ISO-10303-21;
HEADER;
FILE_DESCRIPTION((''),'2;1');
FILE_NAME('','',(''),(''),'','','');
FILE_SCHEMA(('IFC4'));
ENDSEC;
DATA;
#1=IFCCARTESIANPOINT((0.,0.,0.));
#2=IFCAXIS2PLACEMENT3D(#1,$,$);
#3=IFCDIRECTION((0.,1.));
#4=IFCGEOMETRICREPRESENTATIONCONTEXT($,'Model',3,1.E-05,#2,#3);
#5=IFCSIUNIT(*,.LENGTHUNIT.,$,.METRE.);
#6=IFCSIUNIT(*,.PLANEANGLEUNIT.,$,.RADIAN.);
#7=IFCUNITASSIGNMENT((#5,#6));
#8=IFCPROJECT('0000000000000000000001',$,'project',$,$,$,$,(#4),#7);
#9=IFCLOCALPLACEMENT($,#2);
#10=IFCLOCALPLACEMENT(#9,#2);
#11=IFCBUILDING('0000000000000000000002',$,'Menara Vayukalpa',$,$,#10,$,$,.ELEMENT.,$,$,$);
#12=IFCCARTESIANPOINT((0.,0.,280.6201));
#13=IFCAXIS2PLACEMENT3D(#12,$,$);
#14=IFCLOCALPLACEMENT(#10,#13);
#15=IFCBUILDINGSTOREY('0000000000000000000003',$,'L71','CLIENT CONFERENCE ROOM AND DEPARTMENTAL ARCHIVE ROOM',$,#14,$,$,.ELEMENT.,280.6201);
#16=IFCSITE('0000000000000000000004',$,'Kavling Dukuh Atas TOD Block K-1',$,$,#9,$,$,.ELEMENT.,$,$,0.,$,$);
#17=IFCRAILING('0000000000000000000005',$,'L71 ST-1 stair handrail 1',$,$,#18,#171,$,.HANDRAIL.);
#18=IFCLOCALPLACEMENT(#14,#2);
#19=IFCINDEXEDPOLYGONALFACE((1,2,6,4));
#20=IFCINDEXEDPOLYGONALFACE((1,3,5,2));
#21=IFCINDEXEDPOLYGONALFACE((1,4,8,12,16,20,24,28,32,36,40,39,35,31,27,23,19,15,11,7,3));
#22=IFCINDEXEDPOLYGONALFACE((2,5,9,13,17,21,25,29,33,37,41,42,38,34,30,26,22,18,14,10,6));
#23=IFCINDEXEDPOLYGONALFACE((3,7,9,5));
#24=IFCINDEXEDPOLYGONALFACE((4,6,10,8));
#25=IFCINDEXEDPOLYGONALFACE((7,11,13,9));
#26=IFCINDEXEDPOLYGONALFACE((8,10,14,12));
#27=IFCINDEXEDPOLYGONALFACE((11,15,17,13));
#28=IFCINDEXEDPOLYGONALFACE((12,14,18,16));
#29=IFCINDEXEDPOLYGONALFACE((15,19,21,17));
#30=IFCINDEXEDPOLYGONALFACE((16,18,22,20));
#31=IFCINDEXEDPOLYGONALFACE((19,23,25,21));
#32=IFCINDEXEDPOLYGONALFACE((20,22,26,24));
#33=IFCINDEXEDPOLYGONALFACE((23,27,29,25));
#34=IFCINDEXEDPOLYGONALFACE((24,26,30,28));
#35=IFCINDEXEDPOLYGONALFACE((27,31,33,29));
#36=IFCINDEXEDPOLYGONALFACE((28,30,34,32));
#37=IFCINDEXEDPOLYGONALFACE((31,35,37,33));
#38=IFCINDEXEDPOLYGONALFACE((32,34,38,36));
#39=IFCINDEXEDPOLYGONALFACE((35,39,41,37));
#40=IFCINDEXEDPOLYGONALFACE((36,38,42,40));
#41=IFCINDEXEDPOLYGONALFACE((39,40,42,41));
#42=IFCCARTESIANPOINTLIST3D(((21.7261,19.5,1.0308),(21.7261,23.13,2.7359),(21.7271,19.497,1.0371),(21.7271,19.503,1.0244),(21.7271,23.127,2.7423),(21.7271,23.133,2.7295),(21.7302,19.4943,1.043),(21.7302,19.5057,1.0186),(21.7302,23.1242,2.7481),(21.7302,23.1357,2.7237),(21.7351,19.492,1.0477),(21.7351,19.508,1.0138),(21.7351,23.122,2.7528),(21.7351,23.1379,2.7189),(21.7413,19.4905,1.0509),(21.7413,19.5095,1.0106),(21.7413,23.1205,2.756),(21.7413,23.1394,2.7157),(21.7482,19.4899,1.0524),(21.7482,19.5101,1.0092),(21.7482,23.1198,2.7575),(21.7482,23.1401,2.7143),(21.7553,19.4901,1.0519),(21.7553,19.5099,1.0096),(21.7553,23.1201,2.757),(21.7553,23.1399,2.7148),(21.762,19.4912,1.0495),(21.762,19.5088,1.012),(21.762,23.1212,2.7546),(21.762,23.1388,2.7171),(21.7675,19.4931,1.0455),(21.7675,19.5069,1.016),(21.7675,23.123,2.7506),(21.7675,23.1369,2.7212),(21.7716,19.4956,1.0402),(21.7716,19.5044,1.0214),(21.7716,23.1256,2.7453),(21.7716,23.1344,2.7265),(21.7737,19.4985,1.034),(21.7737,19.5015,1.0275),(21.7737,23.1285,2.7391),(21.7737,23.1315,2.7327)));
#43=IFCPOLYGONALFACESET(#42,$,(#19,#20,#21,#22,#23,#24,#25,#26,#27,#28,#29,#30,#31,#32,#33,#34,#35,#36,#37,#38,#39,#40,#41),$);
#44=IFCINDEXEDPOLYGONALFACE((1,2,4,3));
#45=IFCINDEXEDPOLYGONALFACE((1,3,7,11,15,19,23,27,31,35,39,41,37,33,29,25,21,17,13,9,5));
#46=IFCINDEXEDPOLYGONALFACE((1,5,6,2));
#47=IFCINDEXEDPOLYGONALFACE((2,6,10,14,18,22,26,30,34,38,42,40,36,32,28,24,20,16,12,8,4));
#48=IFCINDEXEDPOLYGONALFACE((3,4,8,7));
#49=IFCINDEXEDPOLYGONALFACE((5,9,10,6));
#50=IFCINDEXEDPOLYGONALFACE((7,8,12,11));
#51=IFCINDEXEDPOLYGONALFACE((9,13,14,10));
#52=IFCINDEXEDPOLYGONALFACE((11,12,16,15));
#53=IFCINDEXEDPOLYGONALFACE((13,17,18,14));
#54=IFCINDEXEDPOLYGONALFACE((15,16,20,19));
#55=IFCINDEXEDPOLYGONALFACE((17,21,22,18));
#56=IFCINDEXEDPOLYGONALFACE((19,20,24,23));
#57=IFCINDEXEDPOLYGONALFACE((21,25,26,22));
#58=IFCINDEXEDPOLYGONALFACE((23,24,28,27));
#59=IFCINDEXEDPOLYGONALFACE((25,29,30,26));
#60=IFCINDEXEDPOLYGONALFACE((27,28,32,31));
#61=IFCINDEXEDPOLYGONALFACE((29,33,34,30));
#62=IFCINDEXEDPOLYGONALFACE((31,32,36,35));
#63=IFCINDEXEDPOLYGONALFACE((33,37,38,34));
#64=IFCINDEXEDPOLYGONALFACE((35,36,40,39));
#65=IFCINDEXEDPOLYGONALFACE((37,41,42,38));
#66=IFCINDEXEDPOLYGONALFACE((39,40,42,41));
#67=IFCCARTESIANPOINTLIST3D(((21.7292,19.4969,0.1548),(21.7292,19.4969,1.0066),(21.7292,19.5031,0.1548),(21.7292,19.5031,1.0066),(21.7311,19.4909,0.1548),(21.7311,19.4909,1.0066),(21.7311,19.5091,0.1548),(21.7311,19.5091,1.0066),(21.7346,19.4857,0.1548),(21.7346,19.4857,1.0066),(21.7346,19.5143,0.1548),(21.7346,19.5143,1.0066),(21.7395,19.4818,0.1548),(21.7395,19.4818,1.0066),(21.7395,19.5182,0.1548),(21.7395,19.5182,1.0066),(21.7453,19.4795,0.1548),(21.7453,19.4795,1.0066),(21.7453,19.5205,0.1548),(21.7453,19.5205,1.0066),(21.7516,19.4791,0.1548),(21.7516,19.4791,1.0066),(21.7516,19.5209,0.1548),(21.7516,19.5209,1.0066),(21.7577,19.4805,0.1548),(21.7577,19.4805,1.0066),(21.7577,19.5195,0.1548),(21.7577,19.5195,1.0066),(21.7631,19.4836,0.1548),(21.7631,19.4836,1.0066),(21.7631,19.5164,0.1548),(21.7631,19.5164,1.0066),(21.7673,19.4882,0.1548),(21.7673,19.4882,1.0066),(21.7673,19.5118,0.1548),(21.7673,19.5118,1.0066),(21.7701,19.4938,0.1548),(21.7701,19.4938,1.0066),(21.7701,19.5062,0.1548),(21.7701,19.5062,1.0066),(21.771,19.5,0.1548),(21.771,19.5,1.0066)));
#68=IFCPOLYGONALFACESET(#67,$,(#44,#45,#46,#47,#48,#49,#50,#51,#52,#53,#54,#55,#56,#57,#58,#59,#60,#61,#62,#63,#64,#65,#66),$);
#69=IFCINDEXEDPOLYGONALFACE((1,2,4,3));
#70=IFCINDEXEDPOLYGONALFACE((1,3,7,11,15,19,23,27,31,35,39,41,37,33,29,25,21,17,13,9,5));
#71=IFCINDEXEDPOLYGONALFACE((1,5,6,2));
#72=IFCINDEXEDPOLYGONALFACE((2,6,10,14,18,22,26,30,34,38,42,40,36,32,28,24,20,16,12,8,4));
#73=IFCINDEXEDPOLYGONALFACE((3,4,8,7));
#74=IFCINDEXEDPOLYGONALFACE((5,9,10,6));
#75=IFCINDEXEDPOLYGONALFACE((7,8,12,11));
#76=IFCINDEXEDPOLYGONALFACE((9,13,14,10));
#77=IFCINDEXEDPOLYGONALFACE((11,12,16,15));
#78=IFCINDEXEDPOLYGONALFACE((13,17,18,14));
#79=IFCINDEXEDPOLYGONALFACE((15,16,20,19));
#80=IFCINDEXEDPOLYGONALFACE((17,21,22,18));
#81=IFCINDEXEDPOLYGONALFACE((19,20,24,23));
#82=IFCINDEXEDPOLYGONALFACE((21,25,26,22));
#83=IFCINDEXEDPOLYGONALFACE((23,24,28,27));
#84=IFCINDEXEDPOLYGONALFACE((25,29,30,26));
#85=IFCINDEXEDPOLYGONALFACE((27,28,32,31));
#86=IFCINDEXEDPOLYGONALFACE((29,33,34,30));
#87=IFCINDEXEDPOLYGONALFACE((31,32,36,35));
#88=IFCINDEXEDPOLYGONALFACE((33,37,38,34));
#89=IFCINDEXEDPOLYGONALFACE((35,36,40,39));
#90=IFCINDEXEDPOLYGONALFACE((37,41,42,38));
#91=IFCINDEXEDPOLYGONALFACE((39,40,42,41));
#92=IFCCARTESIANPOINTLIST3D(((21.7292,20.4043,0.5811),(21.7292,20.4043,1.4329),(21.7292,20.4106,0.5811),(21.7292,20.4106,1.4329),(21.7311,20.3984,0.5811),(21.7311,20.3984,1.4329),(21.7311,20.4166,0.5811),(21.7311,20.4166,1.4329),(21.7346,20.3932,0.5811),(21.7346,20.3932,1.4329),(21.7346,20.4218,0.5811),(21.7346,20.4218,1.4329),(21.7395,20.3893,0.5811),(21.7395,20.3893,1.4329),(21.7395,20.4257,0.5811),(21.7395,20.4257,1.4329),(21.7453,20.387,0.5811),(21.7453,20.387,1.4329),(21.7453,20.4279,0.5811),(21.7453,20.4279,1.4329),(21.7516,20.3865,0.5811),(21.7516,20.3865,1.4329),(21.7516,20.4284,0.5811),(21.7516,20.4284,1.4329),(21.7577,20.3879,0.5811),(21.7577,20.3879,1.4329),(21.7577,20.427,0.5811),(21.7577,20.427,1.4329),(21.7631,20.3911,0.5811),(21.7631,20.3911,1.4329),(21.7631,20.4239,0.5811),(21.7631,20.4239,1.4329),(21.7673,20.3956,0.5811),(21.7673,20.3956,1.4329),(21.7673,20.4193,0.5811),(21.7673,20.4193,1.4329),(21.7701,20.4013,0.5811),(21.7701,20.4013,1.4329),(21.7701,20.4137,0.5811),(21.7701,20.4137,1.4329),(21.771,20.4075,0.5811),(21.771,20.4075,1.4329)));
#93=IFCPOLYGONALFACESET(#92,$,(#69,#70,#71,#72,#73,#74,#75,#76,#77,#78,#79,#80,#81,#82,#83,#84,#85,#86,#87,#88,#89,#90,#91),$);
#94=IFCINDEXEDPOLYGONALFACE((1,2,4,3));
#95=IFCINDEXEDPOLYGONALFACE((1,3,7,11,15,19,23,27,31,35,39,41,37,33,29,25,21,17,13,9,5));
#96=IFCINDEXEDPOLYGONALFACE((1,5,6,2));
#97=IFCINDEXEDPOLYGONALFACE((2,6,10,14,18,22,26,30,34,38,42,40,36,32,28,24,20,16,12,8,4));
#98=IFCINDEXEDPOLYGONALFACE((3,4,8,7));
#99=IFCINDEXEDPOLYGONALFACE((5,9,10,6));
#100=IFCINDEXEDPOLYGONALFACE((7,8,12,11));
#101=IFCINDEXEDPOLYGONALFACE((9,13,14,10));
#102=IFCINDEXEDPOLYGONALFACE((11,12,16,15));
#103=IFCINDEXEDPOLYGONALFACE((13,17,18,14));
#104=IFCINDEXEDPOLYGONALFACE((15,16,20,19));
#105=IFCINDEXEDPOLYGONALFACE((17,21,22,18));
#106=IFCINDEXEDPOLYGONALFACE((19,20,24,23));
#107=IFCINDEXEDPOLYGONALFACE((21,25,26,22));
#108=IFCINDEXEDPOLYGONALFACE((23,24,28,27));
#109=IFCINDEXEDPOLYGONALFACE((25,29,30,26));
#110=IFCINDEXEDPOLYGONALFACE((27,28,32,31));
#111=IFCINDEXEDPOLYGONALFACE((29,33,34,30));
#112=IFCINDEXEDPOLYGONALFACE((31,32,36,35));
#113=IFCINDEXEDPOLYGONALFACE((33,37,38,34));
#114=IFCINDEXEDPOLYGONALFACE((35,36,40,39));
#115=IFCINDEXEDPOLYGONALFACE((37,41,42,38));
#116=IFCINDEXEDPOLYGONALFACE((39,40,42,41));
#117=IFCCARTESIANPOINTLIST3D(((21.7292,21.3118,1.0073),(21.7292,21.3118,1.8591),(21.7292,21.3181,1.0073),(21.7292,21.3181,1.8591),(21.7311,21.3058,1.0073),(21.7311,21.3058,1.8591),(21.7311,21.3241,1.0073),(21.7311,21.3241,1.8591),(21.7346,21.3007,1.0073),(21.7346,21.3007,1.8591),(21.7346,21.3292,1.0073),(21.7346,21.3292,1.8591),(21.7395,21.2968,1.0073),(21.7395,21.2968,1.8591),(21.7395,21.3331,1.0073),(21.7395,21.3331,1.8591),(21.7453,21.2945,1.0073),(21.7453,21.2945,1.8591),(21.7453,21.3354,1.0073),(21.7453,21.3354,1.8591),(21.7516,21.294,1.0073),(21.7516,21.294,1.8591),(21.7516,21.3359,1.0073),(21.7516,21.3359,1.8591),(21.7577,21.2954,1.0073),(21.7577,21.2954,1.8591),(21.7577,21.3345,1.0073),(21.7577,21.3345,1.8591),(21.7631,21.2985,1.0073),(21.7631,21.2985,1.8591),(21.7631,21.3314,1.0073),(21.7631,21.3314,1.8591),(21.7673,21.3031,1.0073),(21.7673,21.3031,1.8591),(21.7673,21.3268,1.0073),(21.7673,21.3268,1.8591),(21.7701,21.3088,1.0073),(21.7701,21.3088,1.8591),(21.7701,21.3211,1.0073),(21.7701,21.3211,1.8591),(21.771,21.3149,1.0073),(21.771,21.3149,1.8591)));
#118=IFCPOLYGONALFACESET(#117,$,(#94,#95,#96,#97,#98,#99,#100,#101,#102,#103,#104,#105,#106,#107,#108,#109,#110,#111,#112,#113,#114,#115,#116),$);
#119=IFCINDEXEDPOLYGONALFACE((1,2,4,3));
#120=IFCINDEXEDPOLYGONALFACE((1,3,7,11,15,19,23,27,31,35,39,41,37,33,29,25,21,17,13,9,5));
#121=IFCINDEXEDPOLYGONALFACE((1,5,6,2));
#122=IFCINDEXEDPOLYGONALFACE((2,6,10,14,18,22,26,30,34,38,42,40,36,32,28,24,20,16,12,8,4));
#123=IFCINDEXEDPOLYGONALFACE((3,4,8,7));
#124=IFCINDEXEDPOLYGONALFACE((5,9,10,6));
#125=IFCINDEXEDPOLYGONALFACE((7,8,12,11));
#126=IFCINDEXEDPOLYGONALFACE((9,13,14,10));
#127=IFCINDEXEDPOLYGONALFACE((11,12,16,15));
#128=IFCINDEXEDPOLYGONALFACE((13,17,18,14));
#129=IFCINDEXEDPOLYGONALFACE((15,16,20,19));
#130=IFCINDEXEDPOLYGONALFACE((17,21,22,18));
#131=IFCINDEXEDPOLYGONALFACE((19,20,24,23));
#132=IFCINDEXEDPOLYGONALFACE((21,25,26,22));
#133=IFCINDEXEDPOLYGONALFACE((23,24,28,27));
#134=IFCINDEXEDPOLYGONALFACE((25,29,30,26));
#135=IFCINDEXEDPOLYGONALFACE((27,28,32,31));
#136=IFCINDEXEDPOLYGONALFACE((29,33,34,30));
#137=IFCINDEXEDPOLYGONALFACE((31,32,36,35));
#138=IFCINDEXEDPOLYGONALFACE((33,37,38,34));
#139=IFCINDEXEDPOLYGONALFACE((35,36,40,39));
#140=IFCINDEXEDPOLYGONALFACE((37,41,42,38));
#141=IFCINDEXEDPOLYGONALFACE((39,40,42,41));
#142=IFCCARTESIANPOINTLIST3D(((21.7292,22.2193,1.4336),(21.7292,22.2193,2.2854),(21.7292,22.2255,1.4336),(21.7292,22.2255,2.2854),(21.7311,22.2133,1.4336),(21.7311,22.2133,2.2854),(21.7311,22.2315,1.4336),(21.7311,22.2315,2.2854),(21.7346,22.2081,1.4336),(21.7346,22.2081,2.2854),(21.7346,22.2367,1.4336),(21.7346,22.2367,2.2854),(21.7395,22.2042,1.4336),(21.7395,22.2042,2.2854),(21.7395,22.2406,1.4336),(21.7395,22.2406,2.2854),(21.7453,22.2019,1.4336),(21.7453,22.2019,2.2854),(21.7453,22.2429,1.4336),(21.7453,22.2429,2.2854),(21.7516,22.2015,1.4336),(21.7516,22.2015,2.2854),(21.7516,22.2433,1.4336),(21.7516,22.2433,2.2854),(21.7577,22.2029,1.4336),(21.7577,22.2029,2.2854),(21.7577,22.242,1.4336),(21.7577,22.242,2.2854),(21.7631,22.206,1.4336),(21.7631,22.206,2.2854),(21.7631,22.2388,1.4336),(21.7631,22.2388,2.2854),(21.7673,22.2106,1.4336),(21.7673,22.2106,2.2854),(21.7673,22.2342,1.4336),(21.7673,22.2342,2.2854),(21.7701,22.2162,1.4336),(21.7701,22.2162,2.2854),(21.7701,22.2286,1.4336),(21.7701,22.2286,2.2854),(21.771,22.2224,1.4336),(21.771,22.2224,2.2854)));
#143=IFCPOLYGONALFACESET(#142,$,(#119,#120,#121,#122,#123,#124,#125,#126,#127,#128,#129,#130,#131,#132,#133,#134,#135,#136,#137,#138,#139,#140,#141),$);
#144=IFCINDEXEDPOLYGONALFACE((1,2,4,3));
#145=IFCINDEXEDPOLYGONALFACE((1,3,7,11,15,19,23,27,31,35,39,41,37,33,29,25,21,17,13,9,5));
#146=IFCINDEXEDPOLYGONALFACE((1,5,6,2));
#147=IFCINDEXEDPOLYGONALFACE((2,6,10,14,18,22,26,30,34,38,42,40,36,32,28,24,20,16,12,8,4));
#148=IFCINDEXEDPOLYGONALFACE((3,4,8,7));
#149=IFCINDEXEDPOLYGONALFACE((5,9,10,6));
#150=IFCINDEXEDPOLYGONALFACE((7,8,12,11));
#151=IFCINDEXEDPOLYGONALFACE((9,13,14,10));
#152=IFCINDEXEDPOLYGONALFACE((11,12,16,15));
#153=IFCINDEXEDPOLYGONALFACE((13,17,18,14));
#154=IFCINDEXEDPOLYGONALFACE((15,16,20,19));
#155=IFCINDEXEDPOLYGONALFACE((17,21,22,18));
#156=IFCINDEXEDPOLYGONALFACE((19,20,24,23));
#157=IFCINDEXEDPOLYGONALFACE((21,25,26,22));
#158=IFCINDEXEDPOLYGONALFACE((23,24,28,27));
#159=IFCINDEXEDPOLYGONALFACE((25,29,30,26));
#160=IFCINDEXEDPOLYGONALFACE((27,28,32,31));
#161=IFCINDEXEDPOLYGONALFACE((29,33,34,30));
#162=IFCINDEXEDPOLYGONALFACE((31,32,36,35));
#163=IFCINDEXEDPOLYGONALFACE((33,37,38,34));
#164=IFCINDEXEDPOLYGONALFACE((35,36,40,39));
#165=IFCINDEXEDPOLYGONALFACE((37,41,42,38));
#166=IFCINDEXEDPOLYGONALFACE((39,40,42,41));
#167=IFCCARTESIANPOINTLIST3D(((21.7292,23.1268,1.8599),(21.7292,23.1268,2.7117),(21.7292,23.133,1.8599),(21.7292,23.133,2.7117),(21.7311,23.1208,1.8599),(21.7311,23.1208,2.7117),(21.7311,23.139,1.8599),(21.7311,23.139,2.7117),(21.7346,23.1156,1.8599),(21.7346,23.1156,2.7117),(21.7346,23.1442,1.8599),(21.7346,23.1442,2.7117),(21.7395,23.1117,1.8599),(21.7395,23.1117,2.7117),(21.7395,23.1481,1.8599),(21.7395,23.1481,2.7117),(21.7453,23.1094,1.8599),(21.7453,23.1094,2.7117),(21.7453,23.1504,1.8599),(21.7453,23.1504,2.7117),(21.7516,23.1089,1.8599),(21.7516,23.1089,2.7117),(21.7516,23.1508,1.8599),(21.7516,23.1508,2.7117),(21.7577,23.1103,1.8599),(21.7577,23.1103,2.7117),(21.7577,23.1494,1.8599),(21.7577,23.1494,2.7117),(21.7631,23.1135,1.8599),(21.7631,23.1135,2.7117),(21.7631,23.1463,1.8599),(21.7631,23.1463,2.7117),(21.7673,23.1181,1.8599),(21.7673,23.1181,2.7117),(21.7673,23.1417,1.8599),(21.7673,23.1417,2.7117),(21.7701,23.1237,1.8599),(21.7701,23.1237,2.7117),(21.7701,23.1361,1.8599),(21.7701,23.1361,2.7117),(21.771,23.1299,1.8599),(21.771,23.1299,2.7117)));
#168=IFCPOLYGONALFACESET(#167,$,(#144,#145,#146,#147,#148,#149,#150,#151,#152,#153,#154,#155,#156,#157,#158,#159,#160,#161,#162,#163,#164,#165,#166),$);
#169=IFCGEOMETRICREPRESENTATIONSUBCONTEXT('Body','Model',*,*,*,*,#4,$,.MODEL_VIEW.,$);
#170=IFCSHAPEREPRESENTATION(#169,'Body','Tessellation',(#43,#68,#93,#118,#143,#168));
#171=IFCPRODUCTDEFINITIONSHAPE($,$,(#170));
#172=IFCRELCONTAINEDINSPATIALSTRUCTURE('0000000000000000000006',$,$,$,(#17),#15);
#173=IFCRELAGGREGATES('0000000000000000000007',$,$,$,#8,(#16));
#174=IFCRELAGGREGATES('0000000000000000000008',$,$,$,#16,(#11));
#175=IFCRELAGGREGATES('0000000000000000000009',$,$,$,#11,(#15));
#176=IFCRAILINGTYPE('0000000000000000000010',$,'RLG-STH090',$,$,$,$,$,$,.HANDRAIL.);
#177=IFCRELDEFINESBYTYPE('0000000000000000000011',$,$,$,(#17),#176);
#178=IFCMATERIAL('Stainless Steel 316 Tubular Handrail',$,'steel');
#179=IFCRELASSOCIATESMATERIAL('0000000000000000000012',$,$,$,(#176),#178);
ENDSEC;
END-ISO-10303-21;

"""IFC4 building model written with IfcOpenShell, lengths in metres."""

from ifc_helpers import new_model, si_unit, direction, frame, origin, origin_2d, place, context, subcontext, project, spatial, circle, extrude, material, type_object, element, save


model = new_model("IFC4")

# Units and contexts
model_context = context("Model", 3, precision=1e-05, world=origin(), true_north=direction((0.0, 1.0)))
body_context = subcontext(model_context, "Body", "Model", "MODEL_VIEW")
ifc_project = project(units=[si_unit("LENGTHUNIT", "METRE"), si_unit("PLANEANGLEUNIT", "RADIAN")], contexts=[model_context])

# Site, building, storey
site_placement = place(None, origin())
site = spatial("IfcSite", under=ifc_project, at=site_placement, Name="Kavling Dukuh Atas TOD Block K-1", CompositionType="ELEMENT", RefElevation=0.0)
building_placement = place(site_placement, origin())
building = spatial("IfcBuilding", under=site, at=building_placement, Name="Menara Vayukalpa", CompositionType="ELEMENT")
storey_placement = place(building_placement, frame((0.0, 0.0, 280.6201)))
storey = spatial("IfcBuildingStorey", under=building, at=storey_placement, Name="L71", Description="CLIENT CONFERENCE ROOM AND DEPARTMENTAL ARCHIVE ROOM", CompositionType="ELEMENT", Elevation=280.6201)

# Railing
ifc_material_1 = material(Name="Stainless Steel 316 Tubular Handrail", Category="steel")
railing_type_1 = type_object("IfcRailingType", Name="RLG-STH090", PredefinedType="HANDRAIL", material=ifc_material_1)
railing_1_placement = place(storey_placement, frame((21.75, 19.5, 0.1548)))
element("IfcRailing", 1, at=railing_1_placement, inside=storey, type_object=railing_type_1, Name="L71 ST-1 stair handrail 1", PredefinedType="HANDRAIL", context=body_context, shape_type="SweptSolid", body=[
    extrude(circle(Radius=0.0239, at=origin_2d()), frame((0.0, 0.0, 0.876), z_axis=(0.0, 0.905116, 0.425164), x_axis=(-1.0, 0.0, 0.0)), (0.0, 0.0, 1.0), 4.0105),
    extrude(circle(Radius=0.021, at=origin_2d()), origin(), (0.0, 0.0, 1.0), 0.8518),
    extrude(circle(Radius=0.021, at=origin_2d()), frame((0.0, 0.9075, 0.4263)), (0.0, 0.0, 1.0), 0.8518),
    extrude(circle(Radius=0.021, at=origin_2d()), frame((0.0, 1.8149, 0.8525)), (0.0, 0.0, 1.0), 0.8518),
    extrude(circle(Radius=0.021, at=origin_2d()), frame((0.0, 2.7224, 1.2788)), (0.0, 0.0, 1.0), 0.8518),
    extrude(circle(Radius=0.021, at=origin_2d()), frame((0.0, 3.6299, 1.7051)), (0.0, 0.0, 1.0), 0.8518),
])

save(model, "model.ifc")
